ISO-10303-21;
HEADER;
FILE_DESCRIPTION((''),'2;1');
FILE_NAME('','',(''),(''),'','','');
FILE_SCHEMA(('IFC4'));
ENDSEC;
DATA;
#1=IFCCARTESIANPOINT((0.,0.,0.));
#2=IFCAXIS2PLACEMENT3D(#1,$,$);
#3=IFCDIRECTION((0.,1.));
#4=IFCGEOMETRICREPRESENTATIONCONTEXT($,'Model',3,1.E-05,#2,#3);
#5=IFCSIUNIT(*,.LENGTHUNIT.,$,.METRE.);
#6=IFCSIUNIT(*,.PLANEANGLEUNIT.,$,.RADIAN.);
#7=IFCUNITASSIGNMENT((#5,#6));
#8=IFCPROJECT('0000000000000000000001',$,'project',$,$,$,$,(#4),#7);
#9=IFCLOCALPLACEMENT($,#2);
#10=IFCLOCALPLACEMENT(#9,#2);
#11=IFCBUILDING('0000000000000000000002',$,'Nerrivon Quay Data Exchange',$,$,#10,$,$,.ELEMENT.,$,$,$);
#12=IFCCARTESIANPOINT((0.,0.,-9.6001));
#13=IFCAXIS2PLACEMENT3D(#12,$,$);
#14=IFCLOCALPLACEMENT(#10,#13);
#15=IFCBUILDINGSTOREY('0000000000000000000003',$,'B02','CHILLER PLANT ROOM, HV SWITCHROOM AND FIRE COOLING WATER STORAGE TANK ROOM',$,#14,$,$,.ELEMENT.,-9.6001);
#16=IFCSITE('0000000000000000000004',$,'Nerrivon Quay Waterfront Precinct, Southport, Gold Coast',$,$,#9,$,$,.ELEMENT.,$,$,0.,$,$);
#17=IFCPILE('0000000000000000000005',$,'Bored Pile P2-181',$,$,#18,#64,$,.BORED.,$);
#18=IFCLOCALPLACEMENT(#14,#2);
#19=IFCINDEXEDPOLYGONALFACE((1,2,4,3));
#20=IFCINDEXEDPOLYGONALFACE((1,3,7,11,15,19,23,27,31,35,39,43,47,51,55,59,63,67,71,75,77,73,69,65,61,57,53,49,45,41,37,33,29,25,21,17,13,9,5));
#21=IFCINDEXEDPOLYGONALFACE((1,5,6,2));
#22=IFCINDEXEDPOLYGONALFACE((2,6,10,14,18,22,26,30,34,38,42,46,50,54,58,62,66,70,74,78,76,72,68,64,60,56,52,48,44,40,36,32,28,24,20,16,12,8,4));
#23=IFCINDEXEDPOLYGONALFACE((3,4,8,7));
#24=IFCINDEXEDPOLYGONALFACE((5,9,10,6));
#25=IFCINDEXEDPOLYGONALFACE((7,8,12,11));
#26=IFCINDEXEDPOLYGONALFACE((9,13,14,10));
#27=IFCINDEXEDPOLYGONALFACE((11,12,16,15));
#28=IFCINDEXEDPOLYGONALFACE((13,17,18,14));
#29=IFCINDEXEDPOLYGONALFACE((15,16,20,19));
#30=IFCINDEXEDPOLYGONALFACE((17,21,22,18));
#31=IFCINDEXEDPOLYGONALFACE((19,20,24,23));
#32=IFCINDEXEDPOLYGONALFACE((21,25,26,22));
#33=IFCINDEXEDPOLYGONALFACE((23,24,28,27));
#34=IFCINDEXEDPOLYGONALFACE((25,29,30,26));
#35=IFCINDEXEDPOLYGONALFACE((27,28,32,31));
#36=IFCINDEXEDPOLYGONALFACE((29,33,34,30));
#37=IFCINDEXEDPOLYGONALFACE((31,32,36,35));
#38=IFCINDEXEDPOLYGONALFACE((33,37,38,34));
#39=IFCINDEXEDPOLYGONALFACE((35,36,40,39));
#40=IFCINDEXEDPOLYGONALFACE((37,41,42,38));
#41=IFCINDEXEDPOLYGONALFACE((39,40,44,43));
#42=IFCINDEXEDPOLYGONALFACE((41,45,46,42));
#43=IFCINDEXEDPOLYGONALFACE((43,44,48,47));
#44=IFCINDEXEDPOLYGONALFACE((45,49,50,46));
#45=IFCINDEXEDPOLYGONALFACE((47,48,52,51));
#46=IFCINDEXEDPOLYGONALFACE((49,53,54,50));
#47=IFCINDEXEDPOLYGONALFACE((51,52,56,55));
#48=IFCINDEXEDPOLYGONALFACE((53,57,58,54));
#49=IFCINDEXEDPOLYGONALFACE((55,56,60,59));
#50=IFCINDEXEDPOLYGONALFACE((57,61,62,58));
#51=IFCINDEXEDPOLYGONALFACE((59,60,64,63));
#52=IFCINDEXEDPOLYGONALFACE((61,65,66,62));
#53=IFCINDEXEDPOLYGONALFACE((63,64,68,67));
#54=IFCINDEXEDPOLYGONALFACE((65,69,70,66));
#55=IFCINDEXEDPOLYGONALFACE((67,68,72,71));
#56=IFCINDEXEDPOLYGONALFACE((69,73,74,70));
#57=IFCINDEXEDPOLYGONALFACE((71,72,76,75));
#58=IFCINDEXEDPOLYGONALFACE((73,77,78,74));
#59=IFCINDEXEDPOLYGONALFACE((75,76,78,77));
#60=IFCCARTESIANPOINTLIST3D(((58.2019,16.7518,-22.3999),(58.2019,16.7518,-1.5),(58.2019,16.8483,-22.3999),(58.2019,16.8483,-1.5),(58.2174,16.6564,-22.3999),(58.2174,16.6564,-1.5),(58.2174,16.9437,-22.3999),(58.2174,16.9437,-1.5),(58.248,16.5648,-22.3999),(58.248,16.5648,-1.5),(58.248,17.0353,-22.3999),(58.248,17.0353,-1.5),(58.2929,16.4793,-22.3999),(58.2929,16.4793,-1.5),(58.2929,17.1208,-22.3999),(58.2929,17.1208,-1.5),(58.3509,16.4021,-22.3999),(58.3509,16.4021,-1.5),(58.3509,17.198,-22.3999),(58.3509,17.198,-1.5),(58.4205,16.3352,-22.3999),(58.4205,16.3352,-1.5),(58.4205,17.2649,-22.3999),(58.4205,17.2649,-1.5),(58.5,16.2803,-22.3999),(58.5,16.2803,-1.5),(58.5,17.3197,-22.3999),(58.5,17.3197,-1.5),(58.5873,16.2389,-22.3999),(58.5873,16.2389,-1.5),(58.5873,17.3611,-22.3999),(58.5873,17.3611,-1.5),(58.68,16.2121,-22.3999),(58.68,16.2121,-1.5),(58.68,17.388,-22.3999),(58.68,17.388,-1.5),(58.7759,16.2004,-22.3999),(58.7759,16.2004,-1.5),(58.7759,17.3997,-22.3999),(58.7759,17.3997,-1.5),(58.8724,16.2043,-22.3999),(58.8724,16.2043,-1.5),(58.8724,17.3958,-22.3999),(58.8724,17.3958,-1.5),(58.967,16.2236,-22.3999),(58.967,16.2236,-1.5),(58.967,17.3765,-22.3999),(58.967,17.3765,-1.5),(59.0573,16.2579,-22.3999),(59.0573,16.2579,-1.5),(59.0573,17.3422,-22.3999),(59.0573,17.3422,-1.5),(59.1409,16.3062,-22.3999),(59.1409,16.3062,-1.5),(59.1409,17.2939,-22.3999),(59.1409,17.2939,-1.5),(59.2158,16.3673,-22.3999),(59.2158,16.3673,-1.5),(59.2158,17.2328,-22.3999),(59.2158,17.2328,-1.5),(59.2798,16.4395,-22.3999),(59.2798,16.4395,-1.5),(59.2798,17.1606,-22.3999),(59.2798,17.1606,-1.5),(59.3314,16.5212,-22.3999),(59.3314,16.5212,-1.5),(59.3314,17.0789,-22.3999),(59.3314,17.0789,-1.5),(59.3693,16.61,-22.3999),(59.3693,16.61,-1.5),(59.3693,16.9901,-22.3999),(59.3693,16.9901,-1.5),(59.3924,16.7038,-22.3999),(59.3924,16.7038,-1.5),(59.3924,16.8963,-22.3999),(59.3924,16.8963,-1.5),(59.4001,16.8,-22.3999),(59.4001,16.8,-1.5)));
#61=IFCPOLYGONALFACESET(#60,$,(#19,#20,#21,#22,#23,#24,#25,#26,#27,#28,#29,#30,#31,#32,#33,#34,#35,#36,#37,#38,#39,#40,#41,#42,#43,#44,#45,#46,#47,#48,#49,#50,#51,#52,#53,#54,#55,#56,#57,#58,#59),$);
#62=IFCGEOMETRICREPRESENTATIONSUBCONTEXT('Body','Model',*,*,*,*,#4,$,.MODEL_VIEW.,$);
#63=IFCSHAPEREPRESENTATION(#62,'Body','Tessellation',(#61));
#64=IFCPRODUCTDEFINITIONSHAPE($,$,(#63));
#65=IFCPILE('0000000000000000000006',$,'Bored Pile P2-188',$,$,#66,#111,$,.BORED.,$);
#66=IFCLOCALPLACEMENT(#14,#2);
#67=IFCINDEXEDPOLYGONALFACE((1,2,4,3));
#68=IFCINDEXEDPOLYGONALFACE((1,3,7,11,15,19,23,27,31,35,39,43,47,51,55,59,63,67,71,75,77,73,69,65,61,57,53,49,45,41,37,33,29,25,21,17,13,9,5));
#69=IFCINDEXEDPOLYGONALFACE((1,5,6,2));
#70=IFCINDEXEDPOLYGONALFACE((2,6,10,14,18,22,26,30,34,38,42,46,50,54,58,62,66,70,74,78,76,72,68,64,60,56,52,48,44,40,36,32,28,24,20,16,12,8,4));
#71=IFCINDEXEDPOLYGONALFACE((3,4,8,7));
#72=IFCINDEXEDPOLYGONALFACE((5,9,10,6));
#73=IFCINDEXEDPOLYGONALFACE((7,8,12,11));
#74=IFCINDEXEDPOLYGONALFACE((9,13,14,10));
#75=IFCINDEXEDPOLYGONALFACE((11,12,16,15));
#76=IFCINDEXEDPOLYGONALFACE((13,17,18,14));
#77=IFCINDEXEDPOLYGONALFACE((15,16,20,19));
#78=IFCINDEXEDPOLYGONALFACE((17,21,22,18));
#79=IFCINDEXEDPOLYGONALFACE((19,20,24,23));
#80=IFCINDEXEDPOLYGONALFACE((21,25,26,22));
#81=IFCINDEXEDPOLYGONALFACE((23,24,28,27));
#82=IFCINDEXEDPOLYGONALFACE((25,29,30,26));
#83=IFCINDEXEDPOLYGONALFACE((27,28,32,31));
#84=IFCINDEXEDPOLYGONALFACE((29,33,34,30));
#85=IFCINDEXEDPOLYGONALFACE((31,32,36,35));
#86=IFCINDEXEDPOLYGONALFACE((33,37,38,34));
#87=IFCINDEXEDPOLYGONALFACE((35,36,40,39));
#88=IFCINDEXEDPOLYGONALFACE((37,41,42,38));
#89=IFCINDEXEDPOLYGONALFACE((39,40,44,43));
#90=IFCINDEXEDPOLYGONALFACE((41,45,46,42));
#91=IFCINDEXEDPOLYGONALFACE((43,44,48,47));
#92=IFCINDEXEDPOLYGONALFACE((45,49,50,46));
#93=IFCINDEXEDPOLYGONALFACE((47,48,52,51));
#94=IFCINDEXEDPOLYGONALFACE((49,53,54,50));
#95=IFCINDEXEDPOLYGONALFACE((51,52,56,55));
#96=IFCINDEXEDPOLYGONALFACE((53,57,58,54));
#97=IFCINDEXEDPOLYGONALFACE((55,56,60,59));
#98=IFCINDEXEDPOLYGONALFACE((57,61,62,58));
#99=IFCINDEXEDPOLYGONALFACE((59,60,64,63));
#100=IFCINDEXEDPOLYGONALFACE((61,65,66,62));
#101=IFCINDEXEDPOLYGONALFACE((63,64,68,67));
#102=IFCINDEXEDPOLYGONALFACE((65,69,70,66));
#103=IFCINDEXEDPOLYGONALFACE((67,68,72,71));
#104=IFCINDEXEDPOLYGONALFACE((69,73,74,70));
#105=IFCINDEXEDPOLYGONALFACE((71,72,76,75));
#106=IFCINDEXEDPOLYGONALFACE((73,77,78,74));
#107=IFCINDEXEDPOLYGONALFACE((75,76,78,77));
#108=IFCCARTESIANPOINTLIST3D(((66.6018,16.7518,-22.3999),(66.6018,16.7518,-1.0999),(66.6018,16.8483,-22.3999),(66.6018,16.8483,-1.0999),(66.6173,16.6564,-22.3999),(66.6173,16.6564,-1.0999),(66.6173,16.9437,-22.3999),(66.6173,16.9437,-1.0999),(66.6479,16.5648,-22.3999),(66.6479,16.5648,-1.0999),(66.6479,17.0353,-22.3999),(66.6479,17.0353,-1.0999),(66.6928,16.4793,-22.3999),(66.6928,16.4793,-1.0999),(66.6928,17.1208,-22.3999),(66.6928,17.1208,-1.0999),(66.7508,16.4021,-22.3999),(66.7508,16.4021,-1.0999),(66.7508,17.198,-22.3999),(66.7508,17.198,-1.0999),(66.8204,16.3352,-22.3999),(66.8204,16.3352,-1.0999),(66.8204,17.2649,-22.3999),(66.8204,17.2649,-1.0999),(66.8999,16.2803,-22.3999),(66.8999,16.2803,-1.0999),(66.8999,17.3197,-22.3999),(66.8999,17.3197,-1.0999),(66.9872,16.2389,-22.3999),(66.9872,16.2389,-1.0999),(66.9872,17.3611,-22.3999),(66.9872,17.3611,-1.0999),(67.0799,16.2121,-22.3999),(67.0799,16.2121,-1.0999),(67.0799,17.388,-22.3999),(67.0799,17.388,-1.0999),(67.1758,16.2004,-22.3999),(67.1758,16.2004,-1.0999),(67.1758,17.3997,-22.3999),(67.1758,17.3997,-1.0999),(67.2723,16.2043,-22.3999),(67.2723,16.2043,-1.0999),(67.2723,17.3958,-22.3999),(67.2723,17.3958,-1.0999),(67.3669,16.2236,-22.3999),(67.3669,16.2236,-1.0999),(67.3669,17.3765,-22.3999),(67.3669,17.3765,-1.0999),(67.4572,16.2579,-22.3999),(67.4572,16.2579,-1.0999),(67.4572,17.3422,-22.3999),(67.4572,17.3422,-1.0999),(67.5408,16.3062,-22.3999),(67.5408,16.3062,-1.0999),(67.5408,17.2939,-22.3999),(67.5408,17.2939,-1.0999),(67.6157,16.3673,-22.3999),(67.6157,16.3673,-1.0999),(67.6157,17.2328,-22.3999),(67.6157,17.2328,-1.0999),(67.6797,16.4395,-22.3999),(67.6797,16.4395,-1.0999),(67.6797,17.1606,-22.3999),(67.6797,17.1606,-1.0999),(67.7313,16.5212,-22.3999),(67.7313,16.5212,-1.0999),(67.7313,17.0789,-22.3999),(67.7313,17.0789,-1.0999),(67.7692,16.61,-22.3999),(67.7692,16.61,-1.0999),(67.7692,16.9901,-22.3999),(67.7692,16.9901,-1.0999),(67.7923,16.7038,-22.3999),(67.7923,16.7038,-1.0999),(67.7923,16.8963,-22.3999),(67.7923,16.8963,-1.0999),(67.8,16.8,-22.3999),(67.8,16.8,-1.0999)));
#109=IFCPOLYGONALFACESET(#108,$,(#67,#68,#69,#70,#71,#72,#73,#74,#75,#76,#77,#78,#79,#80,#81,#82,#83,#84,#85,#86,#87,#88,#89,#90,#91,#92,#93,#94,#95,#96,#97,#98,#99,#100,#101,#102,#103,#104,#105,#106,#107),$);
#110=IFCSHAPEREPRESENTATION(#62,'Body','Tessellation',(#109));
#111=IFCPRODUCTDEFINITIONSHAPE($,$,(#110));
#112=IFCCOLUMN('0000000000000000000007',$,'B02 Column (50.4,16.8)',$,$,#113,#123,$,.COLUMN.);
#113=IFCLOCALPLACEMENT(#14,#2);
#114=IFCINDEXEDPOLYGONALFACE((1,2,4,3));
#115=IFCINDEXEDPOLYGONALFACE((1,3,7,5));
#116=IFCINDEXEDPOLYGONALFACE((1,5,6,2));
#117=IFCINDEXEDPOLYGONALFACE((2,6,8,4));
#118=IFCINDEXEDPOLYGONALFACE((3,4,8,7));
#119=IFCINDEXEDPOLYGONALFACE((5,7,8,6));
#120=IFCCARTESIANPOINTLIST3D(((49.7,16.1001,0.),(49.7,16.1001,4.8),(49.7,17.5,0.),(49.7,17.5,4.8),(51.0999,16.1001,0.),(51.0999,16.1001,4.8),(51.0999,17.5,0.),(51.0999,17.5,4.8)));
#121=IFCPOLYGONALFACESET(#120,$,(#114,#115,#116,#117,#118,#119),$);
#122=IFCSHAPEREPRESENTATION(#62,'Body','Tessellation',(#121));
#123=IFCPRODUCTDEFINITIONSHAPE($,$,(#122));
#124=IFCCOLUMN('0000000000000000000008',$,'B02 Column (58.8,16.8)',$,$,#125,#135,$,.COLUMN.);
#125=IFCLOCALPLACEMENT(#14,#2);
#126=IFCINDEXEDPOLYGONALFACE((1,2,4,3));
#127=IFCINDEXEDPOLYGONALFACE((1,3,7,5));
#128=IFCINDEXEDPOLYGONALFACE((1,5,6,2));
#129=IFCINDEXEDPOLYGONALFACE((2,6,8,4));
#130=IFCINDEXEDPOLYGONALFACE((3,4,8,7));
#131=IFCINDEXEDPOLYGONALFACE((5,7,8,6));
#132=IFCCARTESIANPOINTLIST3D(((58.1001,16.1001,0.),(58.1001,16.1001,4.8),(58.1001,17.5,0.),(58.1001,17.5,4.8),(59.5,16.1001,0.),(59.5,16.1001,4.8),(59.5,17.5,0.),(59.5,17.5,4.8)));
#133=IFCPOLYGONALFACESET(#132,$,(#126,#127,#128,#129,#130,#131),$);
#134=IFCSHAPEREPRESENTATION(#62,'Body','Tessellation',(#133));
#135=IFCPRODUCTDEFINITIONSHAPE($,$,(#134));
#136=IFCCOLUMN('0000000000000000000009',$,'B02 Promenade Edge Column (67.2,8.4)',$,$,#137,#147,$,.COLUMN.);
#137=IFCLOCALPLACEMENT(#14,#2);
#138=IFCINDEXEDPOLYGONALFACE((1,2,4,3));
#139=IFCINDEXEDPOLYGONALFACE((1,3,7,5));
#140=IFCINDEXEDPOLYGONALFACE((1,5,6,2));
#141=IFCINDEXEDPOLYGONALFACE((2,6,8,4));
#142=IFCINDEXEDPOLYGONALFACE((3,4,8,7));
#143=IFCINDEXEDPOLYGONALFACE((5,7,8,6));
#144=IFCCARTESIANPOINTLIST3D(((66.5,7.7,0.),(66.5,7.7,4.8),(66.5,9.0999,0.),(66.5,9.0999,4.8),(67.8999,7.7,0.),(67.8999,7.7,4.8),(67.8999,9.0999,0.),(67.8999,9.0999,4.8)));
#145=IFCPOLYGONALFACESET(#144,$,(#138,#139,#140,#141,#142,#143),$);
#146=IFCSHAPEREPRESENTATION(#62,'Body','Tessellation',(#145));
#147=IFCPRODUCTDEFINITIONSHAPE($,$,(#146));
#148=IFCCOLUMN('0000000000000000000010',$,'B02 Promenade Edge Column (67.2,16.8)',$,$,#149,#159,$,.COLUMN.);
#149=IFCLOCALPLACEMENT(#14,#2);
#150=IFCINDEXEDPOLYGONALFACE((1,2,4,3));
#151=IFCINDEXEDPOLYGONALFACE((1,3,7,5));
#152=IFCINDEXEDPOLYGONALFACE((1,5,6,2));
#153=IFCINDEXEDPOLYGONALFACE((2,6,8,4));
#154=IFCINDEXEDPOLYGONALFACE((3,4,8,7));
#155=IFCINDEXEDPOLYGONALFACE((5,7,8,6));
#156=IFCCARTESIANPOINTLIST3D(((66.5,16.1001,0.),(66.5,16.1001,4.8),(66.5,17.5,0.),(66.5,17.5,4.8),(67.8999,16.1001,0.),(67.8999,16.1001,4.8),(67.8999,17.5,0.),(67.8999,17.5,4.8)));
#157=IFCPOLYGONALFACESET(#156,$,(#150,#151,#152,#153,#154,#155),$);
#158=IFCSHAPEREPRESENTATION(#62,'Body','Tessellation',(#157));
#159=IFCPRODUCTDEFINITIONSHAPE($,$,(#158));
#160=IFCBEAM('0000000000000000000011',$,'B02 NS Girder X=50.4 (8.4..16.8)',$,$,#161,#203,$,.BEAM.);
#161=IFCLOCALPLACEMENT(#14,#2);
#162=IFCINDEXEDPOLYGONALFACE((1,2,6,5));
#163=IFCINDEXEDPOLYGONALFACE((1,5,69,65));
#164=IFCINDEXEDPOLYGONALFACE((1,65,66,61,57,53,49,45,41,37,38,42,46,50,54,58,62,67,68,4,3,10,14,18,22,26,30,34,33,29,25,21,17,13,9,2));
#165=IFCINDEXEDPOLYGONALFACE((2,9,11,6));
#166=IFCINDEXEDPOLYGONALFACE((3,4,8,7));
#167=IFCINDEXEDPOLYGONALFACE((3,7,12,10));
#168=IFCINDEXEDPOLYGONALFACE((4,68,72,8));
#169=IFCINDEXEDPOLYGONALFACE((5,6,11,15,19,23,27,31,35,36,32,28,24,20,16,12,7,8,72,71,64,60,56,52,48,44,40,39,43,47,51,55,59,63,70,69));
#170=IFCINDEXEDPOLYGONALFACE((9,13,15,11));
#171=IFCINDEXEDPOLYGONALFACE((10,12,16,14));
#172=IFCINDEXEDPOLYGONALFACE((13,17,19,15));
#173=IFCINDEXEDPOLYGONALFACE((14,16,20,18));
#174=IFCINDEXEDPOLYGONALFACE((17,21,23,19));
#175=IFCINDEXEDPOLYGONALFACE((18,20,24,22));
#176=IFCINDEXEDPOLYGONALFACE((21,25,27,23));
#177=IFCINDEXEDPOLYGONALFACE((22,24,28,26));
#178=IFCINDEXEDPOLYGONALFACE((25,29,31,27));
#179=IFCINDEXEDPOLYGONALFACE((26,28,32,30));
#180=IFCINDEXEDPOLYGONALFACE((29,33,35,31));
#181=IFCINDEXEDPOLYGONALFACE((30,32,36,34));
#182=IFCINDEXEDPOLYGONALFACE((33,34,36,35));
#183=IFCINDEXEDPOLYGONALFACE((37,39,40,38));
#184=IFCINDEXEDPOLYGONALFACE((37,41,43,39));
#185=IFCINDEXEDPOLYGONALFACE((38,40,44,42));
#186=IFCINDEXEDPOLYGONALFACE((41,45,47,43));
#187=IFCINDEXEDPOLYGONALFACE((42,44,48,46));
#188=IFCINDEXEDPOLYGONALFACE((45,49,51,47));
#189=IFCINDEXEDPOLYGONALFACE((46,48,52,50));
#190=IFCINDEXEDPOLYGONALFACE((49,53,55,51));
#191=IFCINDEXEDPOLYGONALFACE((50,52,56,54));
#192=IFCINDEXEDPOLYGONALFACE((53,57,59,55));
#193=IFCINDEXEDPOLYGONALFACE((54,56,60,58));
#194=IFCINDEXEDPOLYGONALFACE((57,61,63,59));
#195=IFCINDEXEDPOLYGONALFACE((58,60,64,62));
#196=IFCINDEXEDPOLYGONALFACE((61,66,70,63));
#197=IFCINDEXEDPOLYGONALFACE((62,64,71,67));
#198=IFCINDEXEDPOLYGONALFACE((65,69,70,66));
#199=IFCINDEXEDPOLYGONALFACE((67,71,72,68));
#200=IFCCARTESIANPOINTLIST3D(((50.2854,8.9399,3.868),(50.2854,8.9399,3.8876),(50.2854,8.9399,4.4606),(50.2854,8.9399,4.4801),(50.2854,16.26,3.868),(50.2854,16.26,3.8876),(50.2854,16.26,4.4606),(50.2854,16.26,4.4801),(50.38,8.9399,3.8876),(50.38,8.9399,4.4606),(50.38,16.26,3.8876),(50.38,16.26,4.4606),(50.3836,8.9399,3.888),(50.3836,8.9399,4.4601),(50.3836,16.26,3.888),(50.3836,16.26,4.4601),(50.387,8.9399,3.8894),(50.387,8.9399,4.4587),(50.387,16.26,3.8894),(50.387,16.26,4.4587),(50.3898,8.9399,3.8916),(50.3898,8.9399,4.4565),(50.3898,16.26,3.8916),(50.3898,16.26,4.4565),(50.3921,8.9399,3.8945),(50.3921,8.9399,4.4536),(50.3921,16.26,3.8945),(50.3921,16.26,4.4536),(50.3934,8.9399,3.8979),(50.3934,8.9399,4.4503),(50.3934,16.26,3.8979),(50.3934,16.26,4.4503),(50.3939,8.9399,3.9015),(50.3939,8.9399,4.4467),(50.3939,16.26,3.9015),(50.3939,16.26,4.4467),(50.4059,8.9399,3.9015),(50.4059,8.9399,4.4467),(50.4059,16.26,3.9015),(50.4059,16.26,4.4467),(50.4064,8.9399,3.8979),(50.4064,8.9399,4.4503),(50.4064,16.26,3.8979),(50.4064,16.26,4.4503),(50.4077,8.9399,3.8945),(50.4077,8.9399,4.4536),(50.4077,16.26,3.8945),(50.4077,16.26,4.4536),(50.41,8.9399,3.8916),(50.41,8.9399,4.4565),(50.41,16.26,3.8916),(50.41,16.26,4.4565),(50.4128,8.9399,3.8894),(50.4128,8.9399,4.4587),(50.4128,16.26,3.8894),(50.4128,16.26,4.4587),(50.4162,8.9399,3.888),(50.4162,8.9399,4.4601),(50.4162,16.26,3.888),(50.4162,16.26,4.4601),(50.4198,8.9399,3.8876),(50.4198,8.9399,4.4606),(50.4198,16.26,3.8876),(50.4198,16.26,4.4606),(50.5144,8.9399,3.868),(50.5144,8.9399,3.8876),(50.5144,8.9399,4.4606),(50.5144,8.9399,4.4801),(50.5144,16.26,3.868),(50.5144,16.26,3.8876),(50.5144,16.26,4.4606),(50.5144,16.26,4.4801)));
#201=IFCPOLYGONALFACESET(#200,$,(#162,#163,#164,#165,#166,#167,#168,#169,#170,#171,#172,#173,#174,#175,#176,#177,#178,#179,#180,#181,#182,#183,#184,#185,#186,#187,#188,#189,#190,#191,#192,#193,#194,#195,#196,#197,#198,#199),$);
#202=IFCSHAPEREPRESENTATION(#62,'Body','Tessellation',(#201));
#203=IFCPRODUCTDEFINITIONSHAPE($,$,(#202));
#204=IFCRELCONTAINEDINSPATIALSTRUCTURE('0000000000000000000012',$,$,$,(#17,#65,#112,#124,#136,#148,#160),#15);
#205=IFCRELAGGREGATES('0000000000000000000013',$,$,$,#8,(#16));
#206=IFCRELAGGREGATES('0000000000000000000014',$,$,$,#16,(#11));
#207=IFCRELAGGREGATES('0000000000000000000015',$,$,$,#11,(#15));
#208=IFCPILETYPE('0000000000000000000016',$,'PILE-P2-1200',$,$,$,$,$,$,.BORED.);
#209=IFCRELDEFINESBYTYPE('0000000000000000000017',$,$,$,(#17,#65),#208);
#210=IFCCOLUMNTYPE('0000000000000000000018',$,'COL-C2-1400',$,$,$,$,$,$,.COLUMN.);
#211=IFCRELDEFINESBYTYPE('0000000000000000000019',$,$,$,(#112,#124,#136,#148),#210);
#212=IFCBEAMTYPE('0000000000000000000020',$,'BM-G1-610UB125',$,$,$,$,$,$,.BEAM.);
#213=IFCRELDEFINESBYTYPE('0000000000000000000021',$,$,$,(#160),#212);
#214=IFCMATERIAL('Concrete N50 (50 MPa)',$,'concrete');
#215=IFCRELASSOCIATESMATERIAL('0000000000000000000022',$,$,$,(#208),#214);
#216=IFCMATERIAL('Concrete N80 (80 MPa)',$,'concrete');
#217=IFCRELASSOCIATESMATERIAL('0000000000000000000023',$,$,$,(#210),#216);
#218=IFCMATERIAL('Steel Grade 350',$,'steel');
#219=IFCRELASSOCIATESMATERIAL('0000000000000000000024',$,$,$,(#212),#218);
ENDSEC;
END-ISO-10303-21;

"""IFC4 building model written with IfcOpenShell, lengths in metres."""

from ifc_helpers import new_model, si_unit, direction, frame, origin, origin_2d, place, context, subcontext, project, spatial, rectangle, circle, i_section, extrude, material, material_profile, profile_set, type_object, element, save


model = new_model("IFC4")

# Units and contexts
model_context = context("Model", 3, precision=1e-05, world=origin(), true_north=direction((0.0, 1.0)))
body_context = subcontext(model_context, "Body", "Model", "MODEL_VIEW")
ifc_project = project(units=[si_unit("LENGTHUNIT", "METRE"), si_unit("PLANEANGLEUNIT", "RADIAN")], contexts=[model_context])

# Site, building, storey
site_placement = place(None, origin())
site = spatial("IfcSite", under=ifc_project, at=site_placement, Name="Nerrivon Quay Waterfront Precinct, Southport, Gold Coast", CompositionType="ELEMENT", RefElevation=0.0)
building_placement = place(site_placement, origin())
building = spatial("IfcBuilding", under=site, at=building_placement, Name="Nerrivon Quay Data Exchange", CompositionType="ELEMENT")
storey_placement = place(building_placement, frame((0.0, 0.0, -9.6001)))
storey = spatial("IfcBuildingStorey", under=building, at=storey_placement, Name="B02", Description="CHILLER PLANT ROOM, HV SWITCHROOM AND FIRE COOLING WATER STORAGE TANK ROOM", CompositionType="ELEMENT", Elevation=-9.6001)

# Piles
ifc_material_1 = material(Name="Concrete N50 (50 MPa)", Category="concrete")
ifc_material_profile_1 = material_profile(ifc_material_1, circle(Radius=0.6001, at=origin_2d()), Name="PILE-1200")
ifc_profile_set_1 = profile_set([ifc_material_profile_1], Name="Concrete N50 (50 MPa)")
pile_type = type_object("IfcPileType", Name="PILE-P2-1200", PredefinedType="BORED", material=ifc_profile_set_1)
pile_1_placement = place(storey_placement, frame((58.8, 16.8, -1.5), z_axis=(0.0, 0.0, -1.0), x_axis=(1.0, 0.0, 0.0)))
element("IfcPile", 1, at=pile_1_placement, inside=storey, type_object=pile_type, Name="Bored Pile P2-181", PredefinedType="BORED", context=body_context, shape_type="SweptSolid", body=[
    extrude(circle(Radius=0.6001, at=origin_2d()), origin(), (0.0, 0.0, 1.0), 20.8999),
])
pile_2_placement = place(storey_placement, frame((67.2, 16.8, -1.0999), z_axis=(0.0, 0.0, -1.0), x_axis=(1.0, 0.0, 0.0)))
element("IfcPile", 2, at=pile_2_placement, inside=storey, type_object=pile_type, Name="Bored Pile P2-188", PredefinedType="BORED", context=body_context, shape_type="SweptSolid", body=[
    extrude(circle(Radius=0.6001, at=origin_2d()), origin(), (0.0, 0.0, 1.0), 21.3),
])

# Columns
ifc_material_2 = material(Name="Concrete N80 (80 MPa)", Category="concrete")
ifc_material_profile_2 = material_profile(ifc_material_2, rectangle(XDim=1.3999, YDim=1.3999, at=origin_2d()), Name="RC-COL-1400x1400")
ifc_profile_set_2 = profile_set([ifc_material_profile_2], Name="Concrete N80 (80 MPa)")
column_type = type_object("IfcColumnType", Name="COL-C2-1400", PredefinedType="COLUMN", material=ifc_profile_set_2)
for number, where, z_axis, x_axis, name in (
    (3, (50.3999, 16.8, 0.0), (0.0, 0.0, 1.0), (1.0, 0.0, 0.0), "B02 Column (50.4,16.8)"),
    (4, (58.8, 16.8, 0.0), (0.0, 0.0, 1.0), (1.0, 0.0, 0.0), "B02 Column (58.8,16.8)"),
    (5, (67.2, 8.3999, 0.0), (0.0, 0.0, 1.0), (1.0, 0.0, 0.0), "B02 Promenade Edge Column (67.2,8.4)"),
    (6, (67.2, 16.8, 0.0), (0.0, 0.0, 1.0), (1.0, 0.0, 0.0), "B02 Promenade Edge Column (67.2,16.8)"),
):
    element("IfcColumn", number, at=place(storey_placement, frame(where, z_axis=z_axis, x_axis=x_axis)), inside=storey, type_object=column_type, Name=name, PredefinedType="COLUMN", context=body_context, shape_type="SweptSolid", body=[
        extrude(rectangle(XDim=1.3999, YDim=1.3999, at=origin_2d()), origin(), (0.0, 0.0, 1.0), 4.8),
    ])

# Beam
ifc_material_3 = material(Name="Steel Grade 350", Category="steel")
ifc_material_profile_3 = material_profile(ifc_material_3, i_section(OverallWidth=0.229, OverallDepth=0.6121, WebThickness=0.012, FlangeThickness=0.0195, FilletRadius=0.0139, at=origin_2d()), Name="610UB125")
ifc_profile_set_3 = profile_set([ifc_material_profile_3], Name="Steel Grade 350")
beam_type_1 = type_object("IfcBeamType", Name="BM-G1-610UB125", PredefinedType="BEAM", material=ifc_profile_set_3)
beam_1_placement = place(storey_placement, frame((50.3999, 8.9399, 4.1741), z_axis=(0.0, 1.0, 0.0), x_axis=(-1.0, 0.0, 0.0)))
element("IfcBeam", 7, at=beam_1_placement, inside=storey, type_object=beam_type_1, Name="B02 NS Girder X=50.4 (8.4..16.8)", PredefinedType="BEAM", context=body_context, shape_type="SweptSolid", body=[
    extrude(i_section(OverallWidth=0.229, OverallDepth=0.6121, WebThickness=0.012, FlangeThickness=0.0195, FilletRadius=0.0139, at=origin_2d()), origin(), (0.0, 0.0, 1.0), 7.3201),
])

save(model, "model.ifc")
